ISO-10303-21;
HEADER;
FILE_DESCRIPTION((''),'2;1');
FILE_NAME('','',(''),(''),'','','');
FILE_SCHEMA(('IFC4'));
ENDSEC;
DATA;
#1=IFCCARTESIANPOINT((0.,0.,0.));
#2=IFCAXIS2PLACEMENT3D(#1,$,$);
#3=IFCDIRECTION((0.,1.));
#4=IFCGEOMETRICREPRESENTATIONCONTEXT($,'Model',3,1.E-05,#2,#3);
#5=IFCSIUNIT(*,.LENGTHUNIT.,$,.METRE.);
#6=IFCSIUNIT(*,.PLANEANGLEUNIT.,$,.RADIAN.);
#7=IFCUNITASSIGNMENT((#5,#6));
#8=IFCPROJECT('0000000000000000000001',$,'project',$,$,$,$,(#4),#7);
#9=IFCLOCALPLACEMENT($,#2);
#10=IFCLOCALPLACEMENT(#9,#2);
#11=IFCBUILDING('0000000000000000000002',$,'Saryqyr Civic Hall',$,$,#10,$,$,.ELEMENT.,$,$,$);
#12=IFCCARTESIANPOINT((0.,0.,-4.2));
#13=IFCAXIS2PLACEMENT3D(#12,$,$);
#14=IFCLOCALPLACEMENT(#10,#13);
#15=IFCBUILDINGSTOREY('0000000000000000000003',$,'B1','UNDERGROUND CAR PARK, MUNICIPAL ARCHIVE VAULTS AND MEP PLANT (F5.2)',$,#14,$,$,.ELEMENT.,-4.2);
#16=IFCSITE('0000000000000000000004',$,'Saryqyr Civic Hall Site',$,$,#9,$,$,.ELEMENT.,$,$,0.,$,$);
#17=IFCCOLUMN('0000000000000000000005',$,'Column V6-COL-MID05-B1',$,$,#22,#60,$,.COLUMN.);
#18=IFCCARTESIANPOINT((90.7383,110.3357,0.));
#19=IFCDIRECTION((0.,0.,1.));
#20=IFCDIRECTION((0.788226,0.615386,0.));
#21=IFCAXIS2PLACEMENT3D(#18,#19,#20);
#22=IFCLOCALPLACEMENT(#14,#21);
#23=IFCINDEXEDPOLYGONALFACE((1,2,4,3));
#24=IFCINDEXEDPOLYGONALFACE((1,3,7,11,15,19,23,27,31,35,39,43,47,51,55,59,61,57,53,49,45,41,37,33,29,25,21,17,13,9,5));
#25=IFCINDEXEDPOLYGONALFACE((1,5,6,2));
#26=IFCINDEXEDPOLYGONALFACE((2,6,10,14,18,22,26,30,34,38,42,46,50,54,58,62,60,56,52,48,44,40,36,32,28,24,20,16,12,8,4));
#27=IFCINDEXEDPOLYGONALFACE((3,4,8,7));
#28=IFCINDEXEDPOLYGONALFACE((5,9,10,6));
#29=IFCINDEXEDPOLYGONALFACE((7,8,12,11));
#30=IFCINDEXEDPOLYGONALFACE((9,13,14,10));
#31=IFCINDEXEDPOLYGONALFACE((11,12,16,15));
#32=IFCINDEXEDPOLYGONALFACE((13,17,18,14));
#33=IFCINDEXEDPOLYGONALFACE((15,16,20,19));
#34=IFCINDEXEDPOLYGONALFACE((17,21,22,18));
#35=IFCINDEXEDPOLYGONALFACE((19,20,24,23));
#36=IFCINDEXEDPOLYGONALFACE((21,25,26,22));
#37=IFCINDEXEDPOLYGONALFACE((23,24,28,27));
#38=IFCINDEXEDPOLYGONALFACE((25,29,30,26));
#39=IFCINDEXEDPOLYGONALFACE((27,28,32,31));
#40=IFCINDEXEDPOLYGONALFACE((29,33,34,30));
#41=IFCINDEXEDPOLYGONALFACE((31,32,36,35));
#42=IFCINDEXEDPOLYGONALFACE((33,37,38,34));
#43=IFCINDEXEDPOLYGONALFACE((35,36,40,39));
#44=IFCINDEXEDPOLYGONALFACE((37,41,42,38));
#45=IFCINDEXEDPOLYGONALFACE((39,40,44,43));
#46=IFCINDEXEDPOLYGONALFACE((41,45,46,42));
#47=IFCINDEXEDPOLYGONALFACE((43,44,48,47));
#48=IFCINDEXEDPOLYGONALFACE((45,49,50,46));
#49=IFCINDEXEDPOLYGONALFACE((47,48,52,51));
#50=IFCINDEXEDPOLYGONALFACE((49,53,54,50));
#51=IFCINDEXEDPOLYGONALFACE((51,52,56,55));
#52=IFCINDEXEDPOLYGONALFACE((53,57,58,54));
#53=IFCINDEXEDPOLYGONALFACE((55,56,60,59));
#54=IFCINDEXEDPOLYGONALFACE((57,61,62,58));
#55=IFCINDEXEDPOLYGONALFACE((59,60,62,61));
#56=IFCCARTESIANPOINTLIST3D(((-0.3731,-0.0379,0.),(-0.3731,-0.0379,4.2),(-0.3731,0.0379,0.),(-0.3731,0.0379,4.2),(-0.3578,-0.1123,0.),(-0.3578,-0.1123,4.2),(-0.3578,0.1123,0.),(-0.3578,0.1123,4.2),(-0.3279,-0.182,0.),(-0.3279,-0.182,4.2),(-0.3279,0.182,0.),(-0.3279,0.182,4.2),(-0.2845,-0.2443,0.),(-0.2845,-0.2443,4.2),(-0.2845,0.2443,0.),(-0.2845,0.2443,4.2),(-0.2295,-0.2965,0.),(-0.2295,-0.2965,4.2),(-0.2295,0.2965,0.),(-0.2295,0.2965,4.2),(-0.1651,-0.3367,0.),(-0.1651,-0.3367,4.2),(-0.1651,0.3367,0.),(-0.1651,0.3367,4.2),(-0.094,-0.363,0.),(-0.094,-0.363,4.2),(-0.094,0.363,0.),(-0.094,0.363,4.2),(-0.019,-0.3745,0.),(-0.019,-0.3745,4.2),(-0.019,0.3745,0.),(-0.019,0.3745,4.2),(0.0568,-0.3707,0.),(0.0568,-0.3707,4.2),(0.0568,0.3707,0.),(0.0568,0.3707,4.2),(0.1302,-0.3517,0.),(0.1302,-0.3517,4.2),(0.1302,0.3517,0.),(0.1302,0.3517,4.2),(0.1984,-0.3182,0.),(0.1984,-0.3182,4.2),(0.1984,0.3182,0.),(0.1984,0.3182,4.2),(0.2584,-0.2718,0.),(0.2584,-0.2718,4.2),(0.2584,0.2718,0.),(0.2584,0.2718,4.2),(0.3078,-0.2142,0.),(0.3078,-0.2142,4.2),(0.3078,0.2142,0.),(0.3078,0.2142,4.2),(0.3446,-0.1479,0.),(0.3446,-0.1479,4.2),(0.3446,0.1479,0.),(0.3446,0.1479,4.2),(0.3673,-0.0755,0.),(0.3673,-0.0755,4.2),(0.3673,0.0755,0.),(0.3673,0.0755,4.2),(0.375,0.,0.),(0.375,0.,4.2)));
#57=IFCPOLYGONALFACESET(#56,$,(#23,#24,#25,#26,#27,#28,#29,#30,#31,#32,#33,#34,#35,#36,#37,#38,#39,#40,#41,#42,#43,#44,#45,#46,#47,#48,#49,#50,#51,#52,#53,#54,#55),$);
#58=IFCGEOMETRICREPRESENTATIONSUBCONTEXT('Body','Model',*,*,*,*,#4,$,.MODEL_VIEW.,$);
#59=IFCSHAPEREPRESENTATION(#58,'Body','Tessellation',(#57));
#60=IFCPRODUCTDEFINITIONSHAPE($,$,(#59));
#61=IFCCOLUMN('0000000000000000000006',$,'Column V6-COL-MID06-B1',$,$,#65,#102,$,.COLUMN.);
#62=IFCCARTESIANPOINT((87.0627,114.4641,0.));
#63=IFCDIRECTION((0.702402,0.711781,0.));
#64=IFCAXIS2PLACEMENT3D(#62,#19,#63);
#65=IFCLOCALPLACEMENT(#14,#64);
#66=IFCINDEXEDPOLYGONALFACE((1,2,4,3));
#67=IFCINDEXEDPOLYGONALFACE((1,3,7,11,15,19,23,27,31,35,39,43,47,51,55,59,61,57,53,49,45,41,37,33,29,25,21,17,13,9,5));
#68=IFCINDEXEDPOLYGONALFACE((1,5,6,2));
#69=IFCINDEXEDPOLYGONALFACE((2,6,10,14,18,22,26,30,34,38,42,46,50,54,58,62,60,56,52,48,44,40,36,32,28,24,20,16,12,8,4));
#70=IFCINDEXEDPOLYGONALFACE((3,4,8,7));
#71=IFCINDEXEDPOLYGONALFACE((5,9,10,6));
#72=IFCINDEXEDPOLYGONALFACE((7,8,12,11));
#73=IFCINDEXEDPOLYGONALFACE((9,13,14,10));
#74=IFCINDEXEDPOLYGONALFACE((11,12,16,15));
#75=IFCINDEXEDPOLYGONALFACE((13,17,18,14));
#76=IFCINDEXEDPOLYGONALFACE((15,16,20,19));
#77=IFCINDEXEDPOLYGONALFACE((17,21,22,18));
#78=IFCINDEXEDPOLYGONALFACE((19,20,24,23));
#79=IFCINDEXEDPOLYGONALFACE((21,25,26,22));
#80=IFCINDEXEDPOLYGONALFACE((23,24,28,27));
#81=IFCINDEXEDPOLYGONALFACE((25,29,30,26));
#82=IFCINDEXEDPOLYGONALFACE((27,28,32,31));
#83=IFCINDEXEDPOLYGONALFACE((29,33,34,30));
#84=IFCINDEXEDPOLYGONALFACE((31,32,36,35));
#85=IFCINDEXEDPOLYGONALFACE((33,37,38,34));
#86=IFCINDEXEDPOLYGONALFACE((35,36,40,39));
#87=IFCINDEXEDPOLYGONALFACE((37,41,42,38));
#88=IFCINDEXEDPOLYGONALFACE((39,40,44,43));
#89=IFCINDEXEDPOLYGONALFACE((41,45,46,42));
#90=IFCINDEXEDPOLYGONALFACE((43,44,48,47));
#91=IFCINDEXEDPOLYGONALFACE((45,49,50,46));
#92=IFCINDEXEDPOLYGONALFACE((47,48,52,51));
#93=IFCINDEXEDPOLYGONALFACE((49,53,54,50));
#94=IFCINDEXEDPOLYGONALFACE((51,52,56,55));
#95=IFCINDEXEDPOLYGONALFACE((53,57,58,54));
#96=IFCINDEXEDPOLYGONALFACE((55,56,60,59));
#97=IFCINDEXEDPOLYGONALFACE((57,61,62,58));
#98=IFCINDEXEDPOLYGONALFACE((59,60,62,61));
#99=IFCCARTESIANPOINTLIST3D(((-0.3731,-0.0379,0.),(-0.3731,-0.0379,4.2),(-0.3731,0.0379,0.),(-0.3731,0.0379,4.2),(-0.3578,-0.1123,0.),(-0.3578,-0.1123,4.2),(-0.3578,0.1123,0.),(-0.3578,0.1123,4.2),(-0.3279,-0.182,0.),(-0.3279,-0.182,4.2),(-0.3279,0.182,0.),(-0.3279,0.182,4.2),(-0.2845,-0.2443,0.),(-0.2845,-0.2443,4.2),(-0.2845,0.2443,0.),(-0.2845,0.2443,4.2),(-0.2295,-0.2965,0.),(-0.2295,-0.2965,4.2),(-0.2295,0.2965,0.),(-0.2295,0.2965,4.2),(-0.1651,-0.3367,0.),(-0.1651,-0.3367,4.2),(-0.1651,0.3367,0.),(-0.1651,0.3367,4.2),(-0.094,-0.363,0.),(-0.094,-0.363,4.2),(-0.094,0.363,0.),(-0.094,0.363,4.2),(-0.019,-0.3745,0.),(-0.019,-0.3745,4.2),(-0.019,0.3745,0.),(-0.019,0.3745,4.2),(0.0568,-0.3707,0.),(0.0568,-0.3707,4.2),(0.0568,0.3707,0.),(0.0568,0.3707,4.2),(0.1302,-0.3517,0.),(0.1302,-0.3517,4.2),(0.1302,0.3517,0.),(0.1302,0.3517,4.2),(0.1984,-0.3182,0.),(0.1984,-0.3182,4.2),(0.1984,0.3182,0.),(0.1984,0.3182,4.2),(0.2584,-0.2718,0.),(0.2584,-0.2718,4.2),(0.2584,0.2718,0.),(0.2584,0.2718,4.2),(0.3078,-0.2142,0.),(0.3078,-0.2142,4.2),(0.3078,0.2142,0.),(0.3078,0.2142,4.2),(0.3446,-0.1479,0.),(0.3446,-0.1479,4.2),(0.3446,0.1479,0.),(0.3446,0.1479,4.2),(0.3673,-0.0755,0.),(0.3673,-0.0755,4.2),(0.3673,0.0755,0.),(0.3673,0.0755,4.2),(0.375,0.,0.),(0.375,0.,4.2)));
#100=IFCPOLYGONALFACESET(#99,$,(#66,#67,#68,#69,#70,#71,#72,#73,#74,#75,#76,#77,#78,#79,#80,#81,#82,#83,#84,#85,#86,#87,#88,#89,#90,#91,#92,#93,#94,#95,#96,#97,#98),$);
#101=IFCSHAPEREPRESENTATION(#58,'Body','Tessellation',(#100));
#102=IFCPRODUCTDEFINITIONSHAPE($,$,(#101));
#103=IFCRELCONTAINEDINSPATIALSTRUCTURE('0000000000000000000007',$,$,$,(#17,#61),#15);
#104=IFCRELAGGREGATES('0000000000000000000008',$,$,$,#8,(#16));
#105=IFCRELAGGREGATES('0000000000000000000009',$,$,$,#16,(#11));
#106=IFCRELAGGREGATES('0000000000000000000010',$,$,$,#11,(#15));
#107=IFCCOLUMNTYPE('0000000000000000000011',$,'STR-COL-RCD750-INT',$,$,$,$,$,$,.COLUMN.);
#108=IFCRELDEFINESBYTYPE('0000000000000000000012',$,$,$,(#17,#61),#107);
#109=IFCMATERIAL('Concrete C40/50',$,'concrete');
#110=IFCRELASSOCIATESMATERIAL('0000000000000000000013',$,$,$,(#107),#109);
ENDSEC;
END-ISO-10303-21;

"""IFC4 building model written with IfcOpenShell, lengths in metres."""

from ifc_helpers import new_model, si_unit, direction, frame, origin, origin_2d, place, context, subcontext, project, spatial, circle, extrude, material, material_profile, profile_set, type_object, element, save


model = new_model("IFC4")

# Units and contexts
model_context = context("Model", 3, precision=1e-05, world=origin(), true_north=direction((0.0, 1.0)))
body_context = subcontext(model_context, "Body", "Model", "MODEL_VIEW")
ifc_project = project(units=[si_unit("LENGTHUNIT", "METRE"), si_unit("PLANEANGLEUNIT", "RADIAN")], contexts=[model_context])

# Site, building, storey
site_placement = place(None, origin())
site = spatial("IfcSite", under=ifc_project, at=site_placement, Name="Saryqyr Civic Hall Site", CompositionType="ELEMENT", RefElevation=0.0)
building_placement = place(site_placement, origin())
building = spatial("IfcBuilding", under=site, at=building_placement, Name="Saryqyr Civic Hall", CompositionType="ELEMENT")
storey_placement = place(building_placement, frame((0.0, 0.0, -4.2)))
storey = spatial("IfcBuildingStorey", under=building, at=storey_placement, Name="B1", Description="UNDERGROUND CAR PARK, MUNICIPAL ARCHIVE VAULTS AND MEP PLANT (F5.2)", CompositionType="ELEMENT", Elevation=-4.2)

# Columns
ifc_material_1 = material(Name="Concrete C40/50", Category="concrete")
ifc_material_profile_1 = material_profile(ifc_material_1, circle(Radius=0.375, at=origin_2d()), Name="RC D750")
ifc_profile_set_1 = profile_set([ifc_material_profile_1], Name="Concrete C40/50")
column_type_1 = type_object("IfcColumnType", Name="STR-COL-RCD750-INT", PredefinedType="COLUMN", material=ifc_profile_set_1)
for number, where, z_axis, x_axis, name in (
    (1, (90.7383, 110.3357, 0.0), (0.0, 0.0, 1.0), (0.788226, 0.615386, 0.0), "Column V6-COL-MID05-B1"),
    (2, (87.0627, 114.4641, 0.0), (0.0, 0.0, 1.0), (0.702402, 0.711781, 0.0), "Column V6-COL-MID06-B1"),
):
    element("IfcColumn", number, at=place(storey_placement, frame(where, z_axis=z_axis, x_axis=x_axis)), inside=storey, type_object=column_type_1, Name=name, PredefinedType="COLUMN", context=body_context, shape_type="SweptSolid", body=[
        extrude(circle(Radius=0.375, at=origin_2d()), origin(), (0.0, 0.0, 1.0), 4.2),
    ])

save(model, "model.ifc")
